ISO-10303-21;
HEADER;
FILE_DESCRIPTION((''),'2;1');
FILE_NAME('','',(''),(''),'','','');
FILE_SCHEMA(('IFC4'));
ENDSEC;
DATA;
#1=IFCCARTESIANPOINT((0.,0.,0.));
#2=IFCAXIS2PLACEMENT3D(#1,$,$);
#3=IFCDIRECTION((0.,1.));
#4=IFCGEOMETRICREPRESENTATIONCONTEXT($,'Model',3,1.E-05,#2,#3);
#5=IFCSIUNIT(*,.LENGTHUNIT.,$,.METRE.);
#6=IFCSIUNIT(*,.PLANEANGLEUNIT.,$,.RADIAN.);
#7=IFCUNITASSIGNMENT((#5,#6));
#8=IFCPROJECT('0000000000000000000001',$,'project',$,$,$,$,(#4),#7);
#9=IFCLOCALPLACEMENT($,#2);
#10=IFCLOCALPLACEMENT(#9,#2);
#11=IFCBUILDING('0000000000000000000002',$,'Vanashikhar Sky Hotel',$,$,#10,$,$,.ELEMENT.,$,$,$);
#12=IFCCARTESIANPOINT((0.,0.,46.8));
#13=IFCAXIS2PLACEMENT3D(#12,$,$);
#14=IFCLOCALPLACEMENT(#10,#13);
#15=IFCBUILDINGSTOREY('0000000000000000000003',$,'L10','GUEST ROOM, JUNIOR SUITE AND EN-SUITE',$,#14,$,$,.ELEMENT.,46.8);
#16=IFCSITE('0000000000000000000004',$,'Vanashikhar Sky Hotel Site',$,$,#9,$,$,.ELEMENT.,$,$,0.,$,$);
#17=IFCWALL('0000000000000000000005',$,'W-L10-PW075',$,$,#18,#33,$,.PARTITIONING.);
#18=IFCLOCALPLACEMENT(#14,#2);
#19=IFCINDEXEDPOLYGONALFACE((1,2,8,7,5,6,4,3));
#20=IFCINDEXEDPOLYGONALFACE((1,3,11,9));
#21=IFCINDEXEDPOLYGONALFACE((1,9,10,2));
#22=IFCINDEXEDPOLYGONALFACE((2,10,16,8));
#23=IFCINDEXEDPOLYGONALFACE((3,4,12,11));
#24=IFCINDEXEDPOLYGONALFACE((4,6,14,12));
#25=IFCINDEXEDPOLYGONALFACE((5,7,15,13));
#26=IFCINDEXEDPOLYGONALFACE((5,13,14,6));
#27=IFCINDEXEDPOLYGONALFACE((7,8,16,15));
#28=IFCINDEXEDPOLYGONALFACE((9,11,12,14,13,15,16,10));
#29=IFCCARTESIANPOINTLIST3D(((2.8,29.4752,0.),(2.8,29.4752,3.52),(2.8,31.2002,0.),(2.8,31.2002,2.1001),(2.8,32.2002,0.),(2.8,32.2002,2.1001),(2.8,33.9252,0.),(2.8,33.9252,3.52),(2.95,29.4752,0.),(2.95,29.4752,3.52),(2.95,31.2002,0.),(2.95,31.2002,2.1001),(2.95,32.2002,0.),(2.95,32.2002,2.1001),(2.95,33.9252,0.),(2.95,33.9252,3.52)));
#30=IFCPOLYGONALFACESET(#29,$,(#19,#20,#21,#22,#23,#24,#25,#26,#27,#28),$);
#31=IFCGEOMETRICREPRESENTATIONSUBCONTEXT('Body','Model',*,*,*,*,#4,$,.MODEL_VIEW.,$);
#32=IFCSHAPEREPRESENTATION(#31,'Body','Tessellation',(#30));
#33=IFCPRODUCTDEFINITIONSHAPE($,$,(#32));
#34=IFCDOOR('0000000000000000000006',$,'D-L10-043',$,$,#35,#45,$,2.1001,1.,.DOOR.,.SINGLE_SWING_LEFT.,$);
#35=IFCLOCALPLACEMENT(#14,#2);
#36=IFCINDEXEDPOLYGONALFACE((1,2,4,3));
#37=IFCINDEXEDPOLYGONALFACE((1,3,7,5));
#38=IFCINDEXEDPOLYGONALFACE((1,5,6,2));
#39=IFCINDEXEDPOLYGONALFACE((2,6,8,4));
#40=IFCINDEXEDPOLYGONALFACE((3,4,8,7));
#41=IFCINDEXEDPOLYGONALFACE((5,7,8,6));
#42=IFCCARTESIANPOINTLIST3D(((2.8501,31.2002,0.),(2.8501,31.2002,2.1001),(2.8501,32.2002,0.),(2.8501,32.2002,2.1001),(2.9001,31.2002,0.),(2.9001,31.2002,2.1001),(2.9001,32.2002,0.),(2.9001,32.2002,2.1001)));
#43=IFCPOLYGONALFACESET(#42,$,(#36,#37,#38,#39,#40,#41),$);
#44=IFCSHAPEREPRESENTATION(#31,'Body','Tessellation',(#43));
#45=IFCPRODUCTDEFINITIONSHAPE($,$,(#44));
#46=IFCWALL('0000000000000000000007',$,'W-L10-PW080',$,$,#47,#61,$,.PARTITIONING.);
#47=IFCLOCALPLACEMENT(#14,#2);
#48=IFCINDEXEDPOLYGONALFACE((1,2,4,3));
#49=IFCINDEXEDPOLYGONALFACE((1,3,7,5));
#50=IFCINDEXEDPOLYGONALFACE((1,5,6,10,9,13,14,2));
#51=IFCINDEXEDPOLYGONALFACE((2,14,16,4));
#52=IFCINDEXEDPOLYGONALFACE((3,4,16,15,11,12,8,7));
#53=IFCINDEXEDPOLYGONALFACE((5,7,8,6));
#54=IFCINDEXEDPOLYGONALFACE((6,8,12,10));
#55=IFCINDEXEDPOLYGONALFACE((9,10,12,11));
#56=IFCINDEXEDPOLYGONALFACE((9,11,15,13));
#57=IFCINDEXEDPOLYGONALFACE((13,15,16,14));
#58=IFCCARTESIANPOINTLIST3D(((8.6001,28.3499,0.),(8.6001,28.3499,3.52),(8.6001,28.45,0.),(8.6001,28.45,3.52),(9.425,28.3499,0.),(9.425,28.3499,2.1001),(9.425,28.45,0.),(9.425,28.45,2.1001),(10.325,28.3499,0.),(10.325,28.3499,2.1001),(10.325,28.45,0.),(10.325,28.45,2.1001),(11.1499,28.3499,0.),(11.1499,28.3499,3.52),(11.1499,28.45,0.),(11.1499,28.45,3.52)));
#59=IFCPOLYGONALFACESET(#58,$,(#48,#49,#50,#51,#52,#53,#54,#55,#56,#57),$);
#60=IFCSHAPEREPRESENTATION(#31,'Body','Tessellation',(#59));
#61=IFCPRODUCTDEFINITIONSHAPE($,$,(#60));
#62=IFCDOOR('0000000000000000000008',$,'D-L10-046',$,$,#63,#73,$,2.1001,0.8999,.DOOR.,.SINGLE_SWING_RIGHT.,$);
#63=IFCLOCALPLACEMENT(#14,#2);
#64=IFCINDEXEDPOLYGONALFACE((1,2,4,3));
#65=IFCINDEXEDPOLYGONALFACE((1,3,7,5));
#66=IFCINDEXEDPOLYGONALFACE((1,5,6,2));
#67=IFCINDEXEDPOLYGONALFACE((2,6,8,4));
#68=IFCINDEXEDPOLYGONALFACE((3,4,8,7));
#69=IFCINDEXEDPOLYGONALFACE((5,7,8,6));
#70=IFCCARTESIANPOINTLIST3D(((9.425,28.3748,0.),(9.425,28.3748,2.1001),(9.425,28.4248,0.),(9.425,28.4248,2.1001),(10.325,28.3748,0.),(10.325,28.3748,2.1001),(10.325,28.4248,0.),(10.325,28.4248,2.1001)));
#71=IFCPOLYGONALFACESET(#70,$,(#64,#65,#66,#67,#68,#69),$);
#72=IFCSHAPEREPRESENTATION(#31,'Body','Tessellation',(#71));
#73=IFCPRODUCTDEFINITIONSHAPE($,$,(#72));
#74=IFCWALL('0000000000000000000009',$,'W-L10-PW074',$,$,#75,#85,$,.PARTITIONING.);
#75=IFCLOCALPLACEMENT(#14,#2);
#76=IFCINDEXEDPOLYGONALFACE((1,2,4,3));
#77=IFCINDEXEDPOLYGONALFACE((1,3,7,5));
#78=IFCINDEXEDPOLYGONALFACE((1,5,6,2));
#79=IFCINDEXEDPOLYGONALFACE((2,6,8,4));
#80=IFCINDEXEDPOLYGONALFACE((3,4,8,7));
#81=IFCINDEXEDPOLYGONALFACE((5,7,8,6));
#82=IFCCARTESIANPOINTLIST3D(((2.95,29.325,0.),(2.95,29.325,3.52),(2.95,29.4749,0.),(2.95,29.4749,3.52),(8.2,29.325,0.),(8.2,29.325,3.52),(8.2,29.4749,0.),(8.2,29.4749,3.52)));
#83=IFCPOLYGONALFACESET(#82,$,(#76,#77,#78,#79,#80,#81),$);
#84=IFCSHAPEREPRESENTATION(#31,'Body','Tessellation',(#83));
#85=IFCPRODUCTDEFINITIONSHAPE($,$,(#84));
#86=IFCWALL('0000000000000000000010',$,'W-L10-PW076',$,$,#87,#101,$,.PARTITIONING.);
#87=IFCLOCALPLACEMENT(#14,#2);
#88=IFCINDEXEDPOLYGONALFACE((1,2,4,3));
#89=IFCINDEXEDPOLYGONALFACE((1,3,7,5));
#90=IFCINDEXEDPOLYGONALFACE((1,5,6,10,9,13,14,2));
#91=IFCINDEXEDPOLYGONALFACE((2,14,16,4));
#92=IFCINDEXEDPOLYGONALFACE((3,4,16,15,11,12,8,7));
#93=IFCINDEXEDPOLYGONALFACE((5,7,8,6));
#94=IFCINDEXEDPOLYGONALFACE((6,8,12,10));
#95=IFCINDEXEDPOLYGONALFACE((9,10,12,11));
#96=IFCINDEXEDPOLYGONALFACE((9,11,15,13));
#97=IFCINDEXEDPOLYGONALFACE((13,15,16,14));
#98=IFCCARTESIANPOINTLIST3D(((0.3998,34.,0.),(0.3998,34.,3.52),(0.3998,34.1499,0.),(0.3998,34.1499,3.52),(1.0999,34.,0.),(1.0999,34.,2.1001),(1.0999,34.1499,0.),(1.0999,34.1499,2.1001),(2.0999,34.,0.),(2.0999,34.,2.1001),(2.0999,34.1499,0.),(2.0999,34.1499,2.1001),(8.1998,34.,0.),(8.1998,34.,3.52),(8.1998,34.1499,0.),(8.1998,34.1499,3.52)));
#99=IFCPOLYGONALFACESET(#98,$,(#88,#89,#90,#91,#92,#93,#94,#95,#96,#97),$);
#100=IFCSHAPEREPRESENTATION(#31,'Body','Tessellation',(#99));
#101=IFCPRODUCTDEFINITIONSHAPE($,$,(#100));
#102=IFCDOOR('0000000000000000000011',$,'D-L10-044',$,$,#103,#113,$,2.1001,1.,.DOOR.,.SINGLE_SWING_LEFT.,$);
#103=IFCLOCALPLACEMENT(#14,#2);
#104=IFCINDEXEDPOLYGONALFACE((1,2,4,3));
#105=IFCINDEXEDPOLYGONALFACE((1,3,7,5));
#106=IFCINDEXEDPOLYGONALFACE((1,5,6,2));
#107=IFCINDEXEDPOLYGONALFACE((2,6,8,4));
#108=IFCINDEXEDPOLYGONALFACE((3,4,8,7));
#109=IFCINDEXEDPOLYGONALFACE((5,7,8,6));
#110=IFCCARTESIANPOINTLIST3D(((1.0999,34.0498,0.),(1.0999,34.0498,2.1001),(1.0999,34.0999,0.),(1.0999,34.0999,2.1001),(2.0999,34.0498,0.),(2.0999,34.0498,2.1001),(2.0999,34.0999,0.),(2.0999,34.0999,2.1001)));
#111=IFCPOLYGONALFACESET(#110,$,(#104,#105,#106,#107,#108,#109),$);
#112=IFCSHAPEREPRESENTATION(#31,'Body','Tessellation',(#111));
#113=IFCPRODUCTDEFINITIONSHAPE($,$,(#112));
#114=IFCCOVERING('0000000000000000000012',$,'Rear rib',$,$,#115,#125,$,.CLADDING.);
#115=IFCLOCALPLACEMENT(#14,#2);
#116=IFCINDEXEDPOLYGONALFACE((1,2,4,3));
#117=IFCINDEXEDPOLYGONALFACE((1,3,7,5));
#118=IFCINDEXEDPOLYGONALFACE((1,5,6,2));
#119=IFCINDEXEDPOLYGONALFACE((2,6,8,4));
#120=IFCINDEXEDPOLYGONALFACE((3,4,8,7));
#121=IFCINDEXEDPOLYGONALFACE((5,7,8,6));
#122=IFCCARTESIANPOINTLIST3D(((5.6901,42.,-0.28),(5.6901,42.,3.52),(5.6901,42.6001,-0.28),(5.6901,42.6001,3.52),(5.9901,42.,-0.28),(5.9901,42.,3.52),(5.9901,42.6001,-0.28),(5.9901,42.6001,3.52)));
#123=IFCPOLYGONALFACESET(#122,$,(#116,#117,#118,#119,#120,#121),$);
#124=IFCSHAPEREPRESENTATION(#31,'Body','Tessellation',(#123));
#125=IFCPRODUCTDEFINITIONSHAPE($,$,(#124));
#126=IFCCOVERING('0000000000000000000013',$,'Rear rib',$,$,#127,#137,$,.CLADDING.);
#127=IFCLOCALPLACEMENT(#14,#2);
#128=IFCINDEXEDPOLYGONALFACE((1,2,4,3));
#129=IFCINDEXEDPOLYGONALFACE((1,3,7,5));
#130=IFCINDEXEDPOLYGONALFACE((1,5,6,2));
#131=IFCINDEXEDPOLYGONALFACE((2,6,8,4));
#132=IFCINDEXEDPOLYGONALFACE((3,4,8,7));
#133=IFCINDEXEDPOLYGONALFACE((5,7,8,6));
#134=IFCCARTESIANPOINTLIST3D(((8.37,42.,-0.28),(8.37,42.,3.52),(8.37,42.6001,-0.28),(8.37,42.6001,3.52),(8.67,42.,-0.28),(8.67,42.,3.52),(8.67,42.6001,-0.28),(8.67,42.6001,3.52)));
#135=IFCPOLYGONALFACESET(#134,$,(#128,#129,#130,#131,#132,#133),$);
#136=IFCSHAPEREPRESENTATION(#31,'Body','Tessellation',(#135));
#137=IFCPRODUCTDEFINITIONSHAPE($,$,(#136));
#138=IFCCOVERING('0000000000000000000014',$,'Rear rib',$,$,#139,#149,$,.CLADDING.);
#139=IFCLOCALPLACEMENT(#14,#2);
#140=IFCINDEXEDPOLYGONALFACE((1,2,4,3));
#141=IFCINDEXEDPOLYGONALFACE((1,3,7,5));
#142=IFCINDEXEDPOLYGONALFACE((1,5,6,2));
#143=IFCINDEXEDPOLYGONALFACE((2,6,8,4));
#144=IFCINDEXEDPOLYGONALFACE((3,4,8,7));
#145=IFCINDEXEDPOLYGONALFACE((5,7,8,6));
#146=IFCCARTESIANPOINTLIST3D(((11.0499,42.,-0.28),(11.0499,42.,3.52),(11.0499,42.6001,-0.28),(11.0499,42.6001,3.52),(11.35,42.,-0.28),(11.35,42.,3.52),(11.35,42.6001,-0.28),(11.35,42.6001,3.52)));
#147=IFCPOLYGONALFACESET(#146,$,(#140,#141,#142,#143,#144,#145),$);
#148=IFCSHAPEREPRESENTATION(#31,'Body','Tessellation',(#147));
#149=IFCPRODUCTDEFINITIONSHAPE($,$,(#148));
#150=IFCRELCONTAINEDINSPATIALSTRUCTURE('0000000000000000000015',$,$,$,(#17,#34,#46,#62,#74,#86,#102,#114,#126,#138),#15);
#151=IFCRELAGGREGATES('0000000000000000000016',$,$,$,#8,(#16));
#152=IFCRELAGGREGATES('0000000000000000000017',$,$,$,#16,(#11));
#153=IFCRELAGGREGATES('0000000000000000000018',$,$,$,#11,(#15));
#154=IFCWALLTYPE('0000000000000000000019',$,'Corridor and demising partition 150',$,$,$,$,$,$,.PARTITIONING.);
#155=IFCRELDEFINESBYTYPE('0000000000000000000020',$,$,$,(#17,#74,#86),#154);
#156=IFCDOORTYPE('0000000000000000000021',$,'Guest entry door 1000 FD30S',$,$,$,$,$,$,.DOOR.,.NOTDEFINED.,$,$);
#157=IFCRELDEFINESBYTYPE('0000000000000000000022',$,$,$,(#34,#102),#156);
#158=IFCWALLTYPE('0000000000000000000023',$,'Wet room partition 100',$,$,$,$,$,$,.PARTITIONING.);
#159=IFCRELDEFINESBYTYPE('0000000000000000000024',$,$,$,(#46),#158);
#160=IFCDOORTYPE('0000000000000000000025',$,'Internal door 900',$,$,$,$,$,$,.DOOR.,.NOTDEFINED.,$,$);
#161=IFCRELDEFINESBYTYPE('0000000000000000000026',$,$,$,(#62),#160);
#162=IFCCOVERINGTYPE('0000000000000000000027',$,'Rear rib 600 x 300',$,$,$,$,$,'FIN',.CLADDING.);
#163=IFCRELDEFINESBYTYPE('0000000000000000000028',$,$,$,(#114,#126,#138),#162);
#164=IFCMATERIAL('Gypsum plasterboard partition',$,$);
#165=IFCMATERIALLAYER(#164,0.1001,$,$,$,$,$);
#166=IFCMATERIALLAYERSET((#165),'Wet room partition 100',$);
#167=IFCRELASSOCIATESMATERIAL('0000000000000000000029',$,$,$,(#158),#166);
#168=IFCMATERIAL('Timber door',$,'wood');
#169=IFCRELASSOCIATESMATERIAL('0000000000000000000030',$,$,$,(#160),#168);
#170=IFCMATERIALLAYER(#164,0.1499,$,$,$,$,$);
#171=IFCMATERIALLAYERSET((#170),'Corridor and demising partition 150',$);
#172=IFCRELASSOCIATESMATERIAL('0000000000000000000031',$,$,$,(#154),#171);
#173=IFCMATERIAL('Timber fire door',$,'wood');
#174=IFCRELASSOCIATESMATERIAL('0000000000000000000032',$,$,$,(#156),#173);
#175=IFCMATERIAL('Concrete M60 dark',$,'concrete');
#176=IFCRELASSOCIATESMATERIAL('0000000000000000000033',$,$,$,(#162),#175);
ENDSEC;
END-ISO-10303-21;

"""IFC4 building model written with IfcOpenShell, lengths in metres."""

from ifc_helpers import new_model, si_unit, direction, frame, frame_2d, origin, origin_2d, place, context, subcontext, project, spatial, rectangle, extrude, source, transform, mapped, material, layer, layer_set, material_profile, profile_set, type_object, element, fill, save


model = new_model("IFC4")

# Units and contexts
model_context = context("Model", 3, precision=1e-05, world=origin(), true_north=direction((0.0, 1.0)))
body_context = subcontext(model_context, "Body", "Model", "MODEL_VIEW")
ifc_project = project(units=[si_unit("LENGTHUNIT", "METRE"), si_unit("PLANEANGLEUNIT", "RADIAN")], contexts=[model_context])

# Site, building, storey
site_placement = place(None, origin())
site = spatial("IfcSite", under=ifc_project, at=site_placement, Name="Vanashikhar Sky Hotel Site", CompositionType="ELEMENT", RefElevation=0.0)
building_placement = place(site_placement, origin())
building = spatial("IfcBuilding", under=site, at=building_placement, Name="Vanashikhar Sky Hotel", CompositionType="ELEMENT")
storey_placement = place(building_placement, frame((0.0, 0.0, 46.8)))
storey = spatial("IfcBuildingStorey", under=building, at=storey_placement, Name="L10", Description="GUEST ROOM, JUNIOR SUITE AND EN-SUITE", CompositionType="ELEMENT", Elevation=46.8)

# Walls, openings, doors
ifc_material_1 = material(Name="Gypsum plasterboard partition")
ifc_layer_1 = layer(ifc_material_1, 0.1001)
ifc_layer_set_1 = layer_set([ifc_layer_1], Name="Wet room partition 100")
wall_type_1 = type_object("IfcWallType", Name="Wet room partition 100", PredefinedType="PARTITIONING", material=ifc_layer_set_1)
shared_shape_1 = source(origin(), body_context, "Body", "SweptSolid", [
    extrude(rectangle(XDim=0.8999, YDim=2.1001, at=frame_2d((0.45, 1.05))), frame((0.0, 0.0601, 0.0), z_axis=(0.0, -1.0, 0.0), x_axis=(1.0, 0.0, 0.0)), (0.0, 0.0, 1.0), 0.1201),
])
ifc_material_2 = material(Name="Timber door", Category="wood")
door_type_1 = type_object("IfcDoorType", Name="Internal door 900", OperationType="NOTDEFINED", PredefinedType="DOOR", material=ifc_material_2)
shared_shape_2 = source(origin(), body_context, "Body", "SweptSolid", [
    extrude(rectangle(XDim=0.8999, YDim=2.1001, at=frame_2d((0.45, 1.05))), frame((0.0, 0.0249, 0.0), z_axis=(0.0, -1.0, 0.0), x_axis=(1.0, 0.0, 0.0)), (0.0, 0.0, 1.0), 0.05),
])
ifc_layer_2 = layer(ifc_material_1, 0.1499)
ifc_layer_set_2 = layer_set([ifc_layer_2], Name="Corridor and demising partition 150")
wall_type_2 = type_object("IfcWallType", Name="Corridor and demising partition 150", PredefinedType="PARTITIONING", material=ifc_layer_set_2)
shared_shape_3 = source(origin(), body_context, "Body", "SweptSolid", [
    extrude(rectangle(XDim=4.45, YDim=0.1499, at=frame_2d((2.2251, 0.0))), origin(), (0.0, 0.0, 1.0), 3.52),
])
wall_1_placement = place(storey_placement, frame((2.875, 29.4751, 0.0), z_axis=(0.0, 0.0, 1.0), x_axis=(0.0, 1.0, 0.0)))
wall_1 = element("IfcWall", 1, at=wall_1_placement, inside=storey, type_object=wall_type_2, Name="W-L10-PW075", PredefinedType="PARTITIONING", context=body_context, shape_type="MappedRepresentation", body=[
    mapped(shared_shape_3, transform((0.0, 0.0, 0.0), scale=1.0)),
])
shared_shape_4 = source(origin(), body_context, "Body", "SweptSolid", [
    extrude(rectangle(XDim=1.0, YDim=2.1001, at=frame_2d((0.5, 1.05))), frame((0.0, 0.085, 0.0), z_axis=(0.0, -1.0, 0.0), x_axis=(1.0, 0.0, 0.0)), (0.0, 0.0, 1.0), 0.1699),
])
opening_1_placement = place(wall_1_placement, frame((1.7251, 0.0, 0.0)))
opening_1 = element("IfcOpeningElement", 2, at=opening_1_placement, cuts=wall_1, PredefinedType="OPENING", context=body_context, shape_type="MappedRepresentation", body=[
    mapped(shared_shape_4, transform((0.0, 0.0, 0.0), scale=1.0)),
])
ifc_material_3 = material(Name="Timber fire door", Category="wood")
door_type_2 = type_object("IfcDoorType", Name="Guest entry door 1000 FD30S", OperationType="NOTDEFINED", PredefinedType="DOOR", material=ifc_material_3)
shared_shape_5 = source(origin(), body_context, "Body", "SweptSolid", [
    extrude(rectangle(XDim=1.0, YDim=2.1001, at=frame_2d((0.5, 1.05))), frame((0.0, 0.0249, 0.0), z_axis=(0.0, -1.0, 0.0), x_axis=(1.0, 0.0, 0.0)), (0.0, 0.0, 1.0), 0.05),
])
door_1_placement = place(opening_1_placement, origin())
door_1 = element("IfcDoor", 3, at=door_1_placement, inside=storey, type_object=door_type_2, Name="D-L10-043", OperationType="SINGLE_SWING_LEFT", OverallHeight=2.1001, OverallWidth=1.0, PredefinedType="DOOR", context=body_context, shape_type="MappedRepresentation", body=[
    mapped(shared_shape_5, transform((0.0, 0.0, 0.0), scale=1.0)),
])
fill(opening_1, door_1)
shared_shape_6 = source(origin(), body_context, "Body", "SweptSolid", [
    extrude(rectangle(XDim=2.5498, YDim=0.1001, at=frame_2d((1.2749, 0.0))), origin(), (0.0, 0.0, 1.0), 3.52),
])
wall_2_placement = place(storey_placement, frame((8.6001, 28.3999, 0.0), z_axis=(0.0, 0.0, 1.0), x_axis=(1.0, 0.0, 0.0)))
wall_2 = element("IfcWall", 4, at=wall_2_placement, inside=storey, type_object=wall_type_1, Name="W-L10-PW080", PredefinedType="PARTITIONING", context=body_context, shape_type="MappedRepresentation", body=[
    mapped(shared_shape_6, transform((0.0, 0.0, 0.0), scale=1.0)),
])
opening_2_placement = place(wall_2_placement, frame((0.825, 0.0, 0.0)))
opening_2 = element("IfcOpeningElement", 5, at=opening_2_placement, cuts=wall_2, PredefinedType="OPENING", context=body_context, shape_type="MappedRepresentation", body=[
    mapped(shared_shape_1, transform((0.0, 0.0, 0.0), scale=1.0)),
])
door_2_placement = place(opening_2_placement, origin())
door_2 = element("IfcDoor", 6, at=door_2_placement, inside=storey, type_object=door_type_1, Name="D-L10-046", OperationType="SINGLE_SWING_RIGHT", OverallHeight=2.1001, OverallWidth=0.8999, PredefinedType="DOOR", context=body_context, shape_type="MappedRepresentation", body=[
    mapped(shared_shape_2, transform((0.0, 0.0, 0.0), scale=1.0)),
])
fill(opening_2, door_2)

# Wall
shared_shape_7 = source(origin(), body_context, "Body", "SweptSolid", [
    extrude(rectangle(XDim=5.25, YDim=0.1499, at=frame_2d((2.625, 0.0))), origin(), (0.0, 0.0, 1.0), 3.52),
])
wall_3_placement = place(storey_placement, frame((2.95, 29.3999, 0.0), z_axis=(0.0, 0.0, 1.0), x_axis=(1.0, 0.0, 0.0)))
element("IfcWall", 7, at=wall_3_placement, inside=storey, type_object=wall_type_2, Name="W-L10-PW074", PredefinedType="PARTITIONING", context=body_context, shape_type="MappedRepresentation", body=[
    mapped(shared_shape_7, transform((0.0, 0.0, 0.0), scale=1.0)),
])

# Wall, opening, door
shared_shape_8 = source(origin(), body_context, "Body", "SweptSolid", [
    extrude(rectangle(XDim=7.8, YDim=0.1499, at=frame_2d((3.8999, 0.0))), origin(), (0.0, 0.0, 1.0), 3.52),
])
wall_4_placement = place(storey_placement, frame((0.3999, 34.075, 0.0), z_axis=(0.0, 0.0, 1.0), x_axis=(1.0, 0.0, 0.0)))
wall_4 = element("IfcWall", 8, at=wall_4_placement, inside=storey, type_object=wall_type_2, Name="W-L10-PW076", PredefinedType="PARTITIONING", context=body_context, shape_type="MappedRepresentation", body=[
    mapped(shared_shape_8, transform((0.0, 0.0, 0.0), scale=1.0)),
])
opening_3_placement = place(wall_4_placement, frame((0.7, 0.0, 0.0)))
opening_3 = element("IfcOpeningElement", 9, at=opening_3_placement, cuts=wall_4, PredefinedType="OPENING", context=body_context, shape_type="MappedRepresentation", body=[
    mapped(shared_shape_4, transform((0.0, 0.0, 0.0), scale=1.0)),
])
door_3_placement = place(opening_3_placement, origin())
door_3 = element("IfcDoor", 10, at=door_3_placement, inside=storey, type_object=door_type_2, Name="D-L10-044", OperationType="SINGLE_SWING_LEFT", OverallHeight=2.1001, OverallWidth=1.0, PredefinedType="DOOR", context=body_context, shape_type="MappedRepresentation", body=[
    mapped(shared_shape_5, transform((0.0, 0.0, 0.0), scale=1.0)),
])
fill(opening_3, door_3)

# Coverings
ifc_material_4 = material(Name="Concrete M60 dark", Category="concrete")
ifc_material_profile_1 = material_profile(ifc_material_4, rectangle(XDim=0.6001, YDim=0.3, at=origin_2d()))
ifc_profile_set_1 = profile_set([ifc_material_profile_1], Name="Rear rib 600 x 300")
covering_type = type_object("IfcCoveringType", Name="Rear rib 600 x 300", ElementType="FIN", PredefinedType="CLADDING", material=ifc_profile_set_1)
shared_shape_9 = source(origin(), body_context, "Body", "SweptSolid", [
    extrude(rectangle(XDim=0.6001, YDim=0.3, at=origin_2d()), origin(), (0.0, 0.0, 1.0), 3.8),
])
for number, where, z_axis, x_axis, name in (
    (11, (5.8401, 42.3, -0.28), (0.0, 0.0, 1.0), (0.0, 1.0, 0.0), "Rear rib"),
    (12, (8.52, 42.3, -0.28), (0.0, 0.0, 1.0), (0.0, 1.0, 0.0), "Rear rib"),
    (13, (11.2, 42.3, -0.28), (0.0, 0.0, 1.0), (0.0, 1.0, 0.0), "Rear rib"),
):
    element("IfcCovering", number, at=place(storey_placement, frame(where, z_axis=z_axis, x_axis=x_axis)), inside=storey, type_object=covering_type, Name=name, PredefinedType="CLADDING", context=body_context, shape_type="MappedRepresentation", body=[
        mapped(shared_shape_9, transform((0.0, 0.0, 0.0), scale=1.0)),
    ])

save(model, "model.ifc")
